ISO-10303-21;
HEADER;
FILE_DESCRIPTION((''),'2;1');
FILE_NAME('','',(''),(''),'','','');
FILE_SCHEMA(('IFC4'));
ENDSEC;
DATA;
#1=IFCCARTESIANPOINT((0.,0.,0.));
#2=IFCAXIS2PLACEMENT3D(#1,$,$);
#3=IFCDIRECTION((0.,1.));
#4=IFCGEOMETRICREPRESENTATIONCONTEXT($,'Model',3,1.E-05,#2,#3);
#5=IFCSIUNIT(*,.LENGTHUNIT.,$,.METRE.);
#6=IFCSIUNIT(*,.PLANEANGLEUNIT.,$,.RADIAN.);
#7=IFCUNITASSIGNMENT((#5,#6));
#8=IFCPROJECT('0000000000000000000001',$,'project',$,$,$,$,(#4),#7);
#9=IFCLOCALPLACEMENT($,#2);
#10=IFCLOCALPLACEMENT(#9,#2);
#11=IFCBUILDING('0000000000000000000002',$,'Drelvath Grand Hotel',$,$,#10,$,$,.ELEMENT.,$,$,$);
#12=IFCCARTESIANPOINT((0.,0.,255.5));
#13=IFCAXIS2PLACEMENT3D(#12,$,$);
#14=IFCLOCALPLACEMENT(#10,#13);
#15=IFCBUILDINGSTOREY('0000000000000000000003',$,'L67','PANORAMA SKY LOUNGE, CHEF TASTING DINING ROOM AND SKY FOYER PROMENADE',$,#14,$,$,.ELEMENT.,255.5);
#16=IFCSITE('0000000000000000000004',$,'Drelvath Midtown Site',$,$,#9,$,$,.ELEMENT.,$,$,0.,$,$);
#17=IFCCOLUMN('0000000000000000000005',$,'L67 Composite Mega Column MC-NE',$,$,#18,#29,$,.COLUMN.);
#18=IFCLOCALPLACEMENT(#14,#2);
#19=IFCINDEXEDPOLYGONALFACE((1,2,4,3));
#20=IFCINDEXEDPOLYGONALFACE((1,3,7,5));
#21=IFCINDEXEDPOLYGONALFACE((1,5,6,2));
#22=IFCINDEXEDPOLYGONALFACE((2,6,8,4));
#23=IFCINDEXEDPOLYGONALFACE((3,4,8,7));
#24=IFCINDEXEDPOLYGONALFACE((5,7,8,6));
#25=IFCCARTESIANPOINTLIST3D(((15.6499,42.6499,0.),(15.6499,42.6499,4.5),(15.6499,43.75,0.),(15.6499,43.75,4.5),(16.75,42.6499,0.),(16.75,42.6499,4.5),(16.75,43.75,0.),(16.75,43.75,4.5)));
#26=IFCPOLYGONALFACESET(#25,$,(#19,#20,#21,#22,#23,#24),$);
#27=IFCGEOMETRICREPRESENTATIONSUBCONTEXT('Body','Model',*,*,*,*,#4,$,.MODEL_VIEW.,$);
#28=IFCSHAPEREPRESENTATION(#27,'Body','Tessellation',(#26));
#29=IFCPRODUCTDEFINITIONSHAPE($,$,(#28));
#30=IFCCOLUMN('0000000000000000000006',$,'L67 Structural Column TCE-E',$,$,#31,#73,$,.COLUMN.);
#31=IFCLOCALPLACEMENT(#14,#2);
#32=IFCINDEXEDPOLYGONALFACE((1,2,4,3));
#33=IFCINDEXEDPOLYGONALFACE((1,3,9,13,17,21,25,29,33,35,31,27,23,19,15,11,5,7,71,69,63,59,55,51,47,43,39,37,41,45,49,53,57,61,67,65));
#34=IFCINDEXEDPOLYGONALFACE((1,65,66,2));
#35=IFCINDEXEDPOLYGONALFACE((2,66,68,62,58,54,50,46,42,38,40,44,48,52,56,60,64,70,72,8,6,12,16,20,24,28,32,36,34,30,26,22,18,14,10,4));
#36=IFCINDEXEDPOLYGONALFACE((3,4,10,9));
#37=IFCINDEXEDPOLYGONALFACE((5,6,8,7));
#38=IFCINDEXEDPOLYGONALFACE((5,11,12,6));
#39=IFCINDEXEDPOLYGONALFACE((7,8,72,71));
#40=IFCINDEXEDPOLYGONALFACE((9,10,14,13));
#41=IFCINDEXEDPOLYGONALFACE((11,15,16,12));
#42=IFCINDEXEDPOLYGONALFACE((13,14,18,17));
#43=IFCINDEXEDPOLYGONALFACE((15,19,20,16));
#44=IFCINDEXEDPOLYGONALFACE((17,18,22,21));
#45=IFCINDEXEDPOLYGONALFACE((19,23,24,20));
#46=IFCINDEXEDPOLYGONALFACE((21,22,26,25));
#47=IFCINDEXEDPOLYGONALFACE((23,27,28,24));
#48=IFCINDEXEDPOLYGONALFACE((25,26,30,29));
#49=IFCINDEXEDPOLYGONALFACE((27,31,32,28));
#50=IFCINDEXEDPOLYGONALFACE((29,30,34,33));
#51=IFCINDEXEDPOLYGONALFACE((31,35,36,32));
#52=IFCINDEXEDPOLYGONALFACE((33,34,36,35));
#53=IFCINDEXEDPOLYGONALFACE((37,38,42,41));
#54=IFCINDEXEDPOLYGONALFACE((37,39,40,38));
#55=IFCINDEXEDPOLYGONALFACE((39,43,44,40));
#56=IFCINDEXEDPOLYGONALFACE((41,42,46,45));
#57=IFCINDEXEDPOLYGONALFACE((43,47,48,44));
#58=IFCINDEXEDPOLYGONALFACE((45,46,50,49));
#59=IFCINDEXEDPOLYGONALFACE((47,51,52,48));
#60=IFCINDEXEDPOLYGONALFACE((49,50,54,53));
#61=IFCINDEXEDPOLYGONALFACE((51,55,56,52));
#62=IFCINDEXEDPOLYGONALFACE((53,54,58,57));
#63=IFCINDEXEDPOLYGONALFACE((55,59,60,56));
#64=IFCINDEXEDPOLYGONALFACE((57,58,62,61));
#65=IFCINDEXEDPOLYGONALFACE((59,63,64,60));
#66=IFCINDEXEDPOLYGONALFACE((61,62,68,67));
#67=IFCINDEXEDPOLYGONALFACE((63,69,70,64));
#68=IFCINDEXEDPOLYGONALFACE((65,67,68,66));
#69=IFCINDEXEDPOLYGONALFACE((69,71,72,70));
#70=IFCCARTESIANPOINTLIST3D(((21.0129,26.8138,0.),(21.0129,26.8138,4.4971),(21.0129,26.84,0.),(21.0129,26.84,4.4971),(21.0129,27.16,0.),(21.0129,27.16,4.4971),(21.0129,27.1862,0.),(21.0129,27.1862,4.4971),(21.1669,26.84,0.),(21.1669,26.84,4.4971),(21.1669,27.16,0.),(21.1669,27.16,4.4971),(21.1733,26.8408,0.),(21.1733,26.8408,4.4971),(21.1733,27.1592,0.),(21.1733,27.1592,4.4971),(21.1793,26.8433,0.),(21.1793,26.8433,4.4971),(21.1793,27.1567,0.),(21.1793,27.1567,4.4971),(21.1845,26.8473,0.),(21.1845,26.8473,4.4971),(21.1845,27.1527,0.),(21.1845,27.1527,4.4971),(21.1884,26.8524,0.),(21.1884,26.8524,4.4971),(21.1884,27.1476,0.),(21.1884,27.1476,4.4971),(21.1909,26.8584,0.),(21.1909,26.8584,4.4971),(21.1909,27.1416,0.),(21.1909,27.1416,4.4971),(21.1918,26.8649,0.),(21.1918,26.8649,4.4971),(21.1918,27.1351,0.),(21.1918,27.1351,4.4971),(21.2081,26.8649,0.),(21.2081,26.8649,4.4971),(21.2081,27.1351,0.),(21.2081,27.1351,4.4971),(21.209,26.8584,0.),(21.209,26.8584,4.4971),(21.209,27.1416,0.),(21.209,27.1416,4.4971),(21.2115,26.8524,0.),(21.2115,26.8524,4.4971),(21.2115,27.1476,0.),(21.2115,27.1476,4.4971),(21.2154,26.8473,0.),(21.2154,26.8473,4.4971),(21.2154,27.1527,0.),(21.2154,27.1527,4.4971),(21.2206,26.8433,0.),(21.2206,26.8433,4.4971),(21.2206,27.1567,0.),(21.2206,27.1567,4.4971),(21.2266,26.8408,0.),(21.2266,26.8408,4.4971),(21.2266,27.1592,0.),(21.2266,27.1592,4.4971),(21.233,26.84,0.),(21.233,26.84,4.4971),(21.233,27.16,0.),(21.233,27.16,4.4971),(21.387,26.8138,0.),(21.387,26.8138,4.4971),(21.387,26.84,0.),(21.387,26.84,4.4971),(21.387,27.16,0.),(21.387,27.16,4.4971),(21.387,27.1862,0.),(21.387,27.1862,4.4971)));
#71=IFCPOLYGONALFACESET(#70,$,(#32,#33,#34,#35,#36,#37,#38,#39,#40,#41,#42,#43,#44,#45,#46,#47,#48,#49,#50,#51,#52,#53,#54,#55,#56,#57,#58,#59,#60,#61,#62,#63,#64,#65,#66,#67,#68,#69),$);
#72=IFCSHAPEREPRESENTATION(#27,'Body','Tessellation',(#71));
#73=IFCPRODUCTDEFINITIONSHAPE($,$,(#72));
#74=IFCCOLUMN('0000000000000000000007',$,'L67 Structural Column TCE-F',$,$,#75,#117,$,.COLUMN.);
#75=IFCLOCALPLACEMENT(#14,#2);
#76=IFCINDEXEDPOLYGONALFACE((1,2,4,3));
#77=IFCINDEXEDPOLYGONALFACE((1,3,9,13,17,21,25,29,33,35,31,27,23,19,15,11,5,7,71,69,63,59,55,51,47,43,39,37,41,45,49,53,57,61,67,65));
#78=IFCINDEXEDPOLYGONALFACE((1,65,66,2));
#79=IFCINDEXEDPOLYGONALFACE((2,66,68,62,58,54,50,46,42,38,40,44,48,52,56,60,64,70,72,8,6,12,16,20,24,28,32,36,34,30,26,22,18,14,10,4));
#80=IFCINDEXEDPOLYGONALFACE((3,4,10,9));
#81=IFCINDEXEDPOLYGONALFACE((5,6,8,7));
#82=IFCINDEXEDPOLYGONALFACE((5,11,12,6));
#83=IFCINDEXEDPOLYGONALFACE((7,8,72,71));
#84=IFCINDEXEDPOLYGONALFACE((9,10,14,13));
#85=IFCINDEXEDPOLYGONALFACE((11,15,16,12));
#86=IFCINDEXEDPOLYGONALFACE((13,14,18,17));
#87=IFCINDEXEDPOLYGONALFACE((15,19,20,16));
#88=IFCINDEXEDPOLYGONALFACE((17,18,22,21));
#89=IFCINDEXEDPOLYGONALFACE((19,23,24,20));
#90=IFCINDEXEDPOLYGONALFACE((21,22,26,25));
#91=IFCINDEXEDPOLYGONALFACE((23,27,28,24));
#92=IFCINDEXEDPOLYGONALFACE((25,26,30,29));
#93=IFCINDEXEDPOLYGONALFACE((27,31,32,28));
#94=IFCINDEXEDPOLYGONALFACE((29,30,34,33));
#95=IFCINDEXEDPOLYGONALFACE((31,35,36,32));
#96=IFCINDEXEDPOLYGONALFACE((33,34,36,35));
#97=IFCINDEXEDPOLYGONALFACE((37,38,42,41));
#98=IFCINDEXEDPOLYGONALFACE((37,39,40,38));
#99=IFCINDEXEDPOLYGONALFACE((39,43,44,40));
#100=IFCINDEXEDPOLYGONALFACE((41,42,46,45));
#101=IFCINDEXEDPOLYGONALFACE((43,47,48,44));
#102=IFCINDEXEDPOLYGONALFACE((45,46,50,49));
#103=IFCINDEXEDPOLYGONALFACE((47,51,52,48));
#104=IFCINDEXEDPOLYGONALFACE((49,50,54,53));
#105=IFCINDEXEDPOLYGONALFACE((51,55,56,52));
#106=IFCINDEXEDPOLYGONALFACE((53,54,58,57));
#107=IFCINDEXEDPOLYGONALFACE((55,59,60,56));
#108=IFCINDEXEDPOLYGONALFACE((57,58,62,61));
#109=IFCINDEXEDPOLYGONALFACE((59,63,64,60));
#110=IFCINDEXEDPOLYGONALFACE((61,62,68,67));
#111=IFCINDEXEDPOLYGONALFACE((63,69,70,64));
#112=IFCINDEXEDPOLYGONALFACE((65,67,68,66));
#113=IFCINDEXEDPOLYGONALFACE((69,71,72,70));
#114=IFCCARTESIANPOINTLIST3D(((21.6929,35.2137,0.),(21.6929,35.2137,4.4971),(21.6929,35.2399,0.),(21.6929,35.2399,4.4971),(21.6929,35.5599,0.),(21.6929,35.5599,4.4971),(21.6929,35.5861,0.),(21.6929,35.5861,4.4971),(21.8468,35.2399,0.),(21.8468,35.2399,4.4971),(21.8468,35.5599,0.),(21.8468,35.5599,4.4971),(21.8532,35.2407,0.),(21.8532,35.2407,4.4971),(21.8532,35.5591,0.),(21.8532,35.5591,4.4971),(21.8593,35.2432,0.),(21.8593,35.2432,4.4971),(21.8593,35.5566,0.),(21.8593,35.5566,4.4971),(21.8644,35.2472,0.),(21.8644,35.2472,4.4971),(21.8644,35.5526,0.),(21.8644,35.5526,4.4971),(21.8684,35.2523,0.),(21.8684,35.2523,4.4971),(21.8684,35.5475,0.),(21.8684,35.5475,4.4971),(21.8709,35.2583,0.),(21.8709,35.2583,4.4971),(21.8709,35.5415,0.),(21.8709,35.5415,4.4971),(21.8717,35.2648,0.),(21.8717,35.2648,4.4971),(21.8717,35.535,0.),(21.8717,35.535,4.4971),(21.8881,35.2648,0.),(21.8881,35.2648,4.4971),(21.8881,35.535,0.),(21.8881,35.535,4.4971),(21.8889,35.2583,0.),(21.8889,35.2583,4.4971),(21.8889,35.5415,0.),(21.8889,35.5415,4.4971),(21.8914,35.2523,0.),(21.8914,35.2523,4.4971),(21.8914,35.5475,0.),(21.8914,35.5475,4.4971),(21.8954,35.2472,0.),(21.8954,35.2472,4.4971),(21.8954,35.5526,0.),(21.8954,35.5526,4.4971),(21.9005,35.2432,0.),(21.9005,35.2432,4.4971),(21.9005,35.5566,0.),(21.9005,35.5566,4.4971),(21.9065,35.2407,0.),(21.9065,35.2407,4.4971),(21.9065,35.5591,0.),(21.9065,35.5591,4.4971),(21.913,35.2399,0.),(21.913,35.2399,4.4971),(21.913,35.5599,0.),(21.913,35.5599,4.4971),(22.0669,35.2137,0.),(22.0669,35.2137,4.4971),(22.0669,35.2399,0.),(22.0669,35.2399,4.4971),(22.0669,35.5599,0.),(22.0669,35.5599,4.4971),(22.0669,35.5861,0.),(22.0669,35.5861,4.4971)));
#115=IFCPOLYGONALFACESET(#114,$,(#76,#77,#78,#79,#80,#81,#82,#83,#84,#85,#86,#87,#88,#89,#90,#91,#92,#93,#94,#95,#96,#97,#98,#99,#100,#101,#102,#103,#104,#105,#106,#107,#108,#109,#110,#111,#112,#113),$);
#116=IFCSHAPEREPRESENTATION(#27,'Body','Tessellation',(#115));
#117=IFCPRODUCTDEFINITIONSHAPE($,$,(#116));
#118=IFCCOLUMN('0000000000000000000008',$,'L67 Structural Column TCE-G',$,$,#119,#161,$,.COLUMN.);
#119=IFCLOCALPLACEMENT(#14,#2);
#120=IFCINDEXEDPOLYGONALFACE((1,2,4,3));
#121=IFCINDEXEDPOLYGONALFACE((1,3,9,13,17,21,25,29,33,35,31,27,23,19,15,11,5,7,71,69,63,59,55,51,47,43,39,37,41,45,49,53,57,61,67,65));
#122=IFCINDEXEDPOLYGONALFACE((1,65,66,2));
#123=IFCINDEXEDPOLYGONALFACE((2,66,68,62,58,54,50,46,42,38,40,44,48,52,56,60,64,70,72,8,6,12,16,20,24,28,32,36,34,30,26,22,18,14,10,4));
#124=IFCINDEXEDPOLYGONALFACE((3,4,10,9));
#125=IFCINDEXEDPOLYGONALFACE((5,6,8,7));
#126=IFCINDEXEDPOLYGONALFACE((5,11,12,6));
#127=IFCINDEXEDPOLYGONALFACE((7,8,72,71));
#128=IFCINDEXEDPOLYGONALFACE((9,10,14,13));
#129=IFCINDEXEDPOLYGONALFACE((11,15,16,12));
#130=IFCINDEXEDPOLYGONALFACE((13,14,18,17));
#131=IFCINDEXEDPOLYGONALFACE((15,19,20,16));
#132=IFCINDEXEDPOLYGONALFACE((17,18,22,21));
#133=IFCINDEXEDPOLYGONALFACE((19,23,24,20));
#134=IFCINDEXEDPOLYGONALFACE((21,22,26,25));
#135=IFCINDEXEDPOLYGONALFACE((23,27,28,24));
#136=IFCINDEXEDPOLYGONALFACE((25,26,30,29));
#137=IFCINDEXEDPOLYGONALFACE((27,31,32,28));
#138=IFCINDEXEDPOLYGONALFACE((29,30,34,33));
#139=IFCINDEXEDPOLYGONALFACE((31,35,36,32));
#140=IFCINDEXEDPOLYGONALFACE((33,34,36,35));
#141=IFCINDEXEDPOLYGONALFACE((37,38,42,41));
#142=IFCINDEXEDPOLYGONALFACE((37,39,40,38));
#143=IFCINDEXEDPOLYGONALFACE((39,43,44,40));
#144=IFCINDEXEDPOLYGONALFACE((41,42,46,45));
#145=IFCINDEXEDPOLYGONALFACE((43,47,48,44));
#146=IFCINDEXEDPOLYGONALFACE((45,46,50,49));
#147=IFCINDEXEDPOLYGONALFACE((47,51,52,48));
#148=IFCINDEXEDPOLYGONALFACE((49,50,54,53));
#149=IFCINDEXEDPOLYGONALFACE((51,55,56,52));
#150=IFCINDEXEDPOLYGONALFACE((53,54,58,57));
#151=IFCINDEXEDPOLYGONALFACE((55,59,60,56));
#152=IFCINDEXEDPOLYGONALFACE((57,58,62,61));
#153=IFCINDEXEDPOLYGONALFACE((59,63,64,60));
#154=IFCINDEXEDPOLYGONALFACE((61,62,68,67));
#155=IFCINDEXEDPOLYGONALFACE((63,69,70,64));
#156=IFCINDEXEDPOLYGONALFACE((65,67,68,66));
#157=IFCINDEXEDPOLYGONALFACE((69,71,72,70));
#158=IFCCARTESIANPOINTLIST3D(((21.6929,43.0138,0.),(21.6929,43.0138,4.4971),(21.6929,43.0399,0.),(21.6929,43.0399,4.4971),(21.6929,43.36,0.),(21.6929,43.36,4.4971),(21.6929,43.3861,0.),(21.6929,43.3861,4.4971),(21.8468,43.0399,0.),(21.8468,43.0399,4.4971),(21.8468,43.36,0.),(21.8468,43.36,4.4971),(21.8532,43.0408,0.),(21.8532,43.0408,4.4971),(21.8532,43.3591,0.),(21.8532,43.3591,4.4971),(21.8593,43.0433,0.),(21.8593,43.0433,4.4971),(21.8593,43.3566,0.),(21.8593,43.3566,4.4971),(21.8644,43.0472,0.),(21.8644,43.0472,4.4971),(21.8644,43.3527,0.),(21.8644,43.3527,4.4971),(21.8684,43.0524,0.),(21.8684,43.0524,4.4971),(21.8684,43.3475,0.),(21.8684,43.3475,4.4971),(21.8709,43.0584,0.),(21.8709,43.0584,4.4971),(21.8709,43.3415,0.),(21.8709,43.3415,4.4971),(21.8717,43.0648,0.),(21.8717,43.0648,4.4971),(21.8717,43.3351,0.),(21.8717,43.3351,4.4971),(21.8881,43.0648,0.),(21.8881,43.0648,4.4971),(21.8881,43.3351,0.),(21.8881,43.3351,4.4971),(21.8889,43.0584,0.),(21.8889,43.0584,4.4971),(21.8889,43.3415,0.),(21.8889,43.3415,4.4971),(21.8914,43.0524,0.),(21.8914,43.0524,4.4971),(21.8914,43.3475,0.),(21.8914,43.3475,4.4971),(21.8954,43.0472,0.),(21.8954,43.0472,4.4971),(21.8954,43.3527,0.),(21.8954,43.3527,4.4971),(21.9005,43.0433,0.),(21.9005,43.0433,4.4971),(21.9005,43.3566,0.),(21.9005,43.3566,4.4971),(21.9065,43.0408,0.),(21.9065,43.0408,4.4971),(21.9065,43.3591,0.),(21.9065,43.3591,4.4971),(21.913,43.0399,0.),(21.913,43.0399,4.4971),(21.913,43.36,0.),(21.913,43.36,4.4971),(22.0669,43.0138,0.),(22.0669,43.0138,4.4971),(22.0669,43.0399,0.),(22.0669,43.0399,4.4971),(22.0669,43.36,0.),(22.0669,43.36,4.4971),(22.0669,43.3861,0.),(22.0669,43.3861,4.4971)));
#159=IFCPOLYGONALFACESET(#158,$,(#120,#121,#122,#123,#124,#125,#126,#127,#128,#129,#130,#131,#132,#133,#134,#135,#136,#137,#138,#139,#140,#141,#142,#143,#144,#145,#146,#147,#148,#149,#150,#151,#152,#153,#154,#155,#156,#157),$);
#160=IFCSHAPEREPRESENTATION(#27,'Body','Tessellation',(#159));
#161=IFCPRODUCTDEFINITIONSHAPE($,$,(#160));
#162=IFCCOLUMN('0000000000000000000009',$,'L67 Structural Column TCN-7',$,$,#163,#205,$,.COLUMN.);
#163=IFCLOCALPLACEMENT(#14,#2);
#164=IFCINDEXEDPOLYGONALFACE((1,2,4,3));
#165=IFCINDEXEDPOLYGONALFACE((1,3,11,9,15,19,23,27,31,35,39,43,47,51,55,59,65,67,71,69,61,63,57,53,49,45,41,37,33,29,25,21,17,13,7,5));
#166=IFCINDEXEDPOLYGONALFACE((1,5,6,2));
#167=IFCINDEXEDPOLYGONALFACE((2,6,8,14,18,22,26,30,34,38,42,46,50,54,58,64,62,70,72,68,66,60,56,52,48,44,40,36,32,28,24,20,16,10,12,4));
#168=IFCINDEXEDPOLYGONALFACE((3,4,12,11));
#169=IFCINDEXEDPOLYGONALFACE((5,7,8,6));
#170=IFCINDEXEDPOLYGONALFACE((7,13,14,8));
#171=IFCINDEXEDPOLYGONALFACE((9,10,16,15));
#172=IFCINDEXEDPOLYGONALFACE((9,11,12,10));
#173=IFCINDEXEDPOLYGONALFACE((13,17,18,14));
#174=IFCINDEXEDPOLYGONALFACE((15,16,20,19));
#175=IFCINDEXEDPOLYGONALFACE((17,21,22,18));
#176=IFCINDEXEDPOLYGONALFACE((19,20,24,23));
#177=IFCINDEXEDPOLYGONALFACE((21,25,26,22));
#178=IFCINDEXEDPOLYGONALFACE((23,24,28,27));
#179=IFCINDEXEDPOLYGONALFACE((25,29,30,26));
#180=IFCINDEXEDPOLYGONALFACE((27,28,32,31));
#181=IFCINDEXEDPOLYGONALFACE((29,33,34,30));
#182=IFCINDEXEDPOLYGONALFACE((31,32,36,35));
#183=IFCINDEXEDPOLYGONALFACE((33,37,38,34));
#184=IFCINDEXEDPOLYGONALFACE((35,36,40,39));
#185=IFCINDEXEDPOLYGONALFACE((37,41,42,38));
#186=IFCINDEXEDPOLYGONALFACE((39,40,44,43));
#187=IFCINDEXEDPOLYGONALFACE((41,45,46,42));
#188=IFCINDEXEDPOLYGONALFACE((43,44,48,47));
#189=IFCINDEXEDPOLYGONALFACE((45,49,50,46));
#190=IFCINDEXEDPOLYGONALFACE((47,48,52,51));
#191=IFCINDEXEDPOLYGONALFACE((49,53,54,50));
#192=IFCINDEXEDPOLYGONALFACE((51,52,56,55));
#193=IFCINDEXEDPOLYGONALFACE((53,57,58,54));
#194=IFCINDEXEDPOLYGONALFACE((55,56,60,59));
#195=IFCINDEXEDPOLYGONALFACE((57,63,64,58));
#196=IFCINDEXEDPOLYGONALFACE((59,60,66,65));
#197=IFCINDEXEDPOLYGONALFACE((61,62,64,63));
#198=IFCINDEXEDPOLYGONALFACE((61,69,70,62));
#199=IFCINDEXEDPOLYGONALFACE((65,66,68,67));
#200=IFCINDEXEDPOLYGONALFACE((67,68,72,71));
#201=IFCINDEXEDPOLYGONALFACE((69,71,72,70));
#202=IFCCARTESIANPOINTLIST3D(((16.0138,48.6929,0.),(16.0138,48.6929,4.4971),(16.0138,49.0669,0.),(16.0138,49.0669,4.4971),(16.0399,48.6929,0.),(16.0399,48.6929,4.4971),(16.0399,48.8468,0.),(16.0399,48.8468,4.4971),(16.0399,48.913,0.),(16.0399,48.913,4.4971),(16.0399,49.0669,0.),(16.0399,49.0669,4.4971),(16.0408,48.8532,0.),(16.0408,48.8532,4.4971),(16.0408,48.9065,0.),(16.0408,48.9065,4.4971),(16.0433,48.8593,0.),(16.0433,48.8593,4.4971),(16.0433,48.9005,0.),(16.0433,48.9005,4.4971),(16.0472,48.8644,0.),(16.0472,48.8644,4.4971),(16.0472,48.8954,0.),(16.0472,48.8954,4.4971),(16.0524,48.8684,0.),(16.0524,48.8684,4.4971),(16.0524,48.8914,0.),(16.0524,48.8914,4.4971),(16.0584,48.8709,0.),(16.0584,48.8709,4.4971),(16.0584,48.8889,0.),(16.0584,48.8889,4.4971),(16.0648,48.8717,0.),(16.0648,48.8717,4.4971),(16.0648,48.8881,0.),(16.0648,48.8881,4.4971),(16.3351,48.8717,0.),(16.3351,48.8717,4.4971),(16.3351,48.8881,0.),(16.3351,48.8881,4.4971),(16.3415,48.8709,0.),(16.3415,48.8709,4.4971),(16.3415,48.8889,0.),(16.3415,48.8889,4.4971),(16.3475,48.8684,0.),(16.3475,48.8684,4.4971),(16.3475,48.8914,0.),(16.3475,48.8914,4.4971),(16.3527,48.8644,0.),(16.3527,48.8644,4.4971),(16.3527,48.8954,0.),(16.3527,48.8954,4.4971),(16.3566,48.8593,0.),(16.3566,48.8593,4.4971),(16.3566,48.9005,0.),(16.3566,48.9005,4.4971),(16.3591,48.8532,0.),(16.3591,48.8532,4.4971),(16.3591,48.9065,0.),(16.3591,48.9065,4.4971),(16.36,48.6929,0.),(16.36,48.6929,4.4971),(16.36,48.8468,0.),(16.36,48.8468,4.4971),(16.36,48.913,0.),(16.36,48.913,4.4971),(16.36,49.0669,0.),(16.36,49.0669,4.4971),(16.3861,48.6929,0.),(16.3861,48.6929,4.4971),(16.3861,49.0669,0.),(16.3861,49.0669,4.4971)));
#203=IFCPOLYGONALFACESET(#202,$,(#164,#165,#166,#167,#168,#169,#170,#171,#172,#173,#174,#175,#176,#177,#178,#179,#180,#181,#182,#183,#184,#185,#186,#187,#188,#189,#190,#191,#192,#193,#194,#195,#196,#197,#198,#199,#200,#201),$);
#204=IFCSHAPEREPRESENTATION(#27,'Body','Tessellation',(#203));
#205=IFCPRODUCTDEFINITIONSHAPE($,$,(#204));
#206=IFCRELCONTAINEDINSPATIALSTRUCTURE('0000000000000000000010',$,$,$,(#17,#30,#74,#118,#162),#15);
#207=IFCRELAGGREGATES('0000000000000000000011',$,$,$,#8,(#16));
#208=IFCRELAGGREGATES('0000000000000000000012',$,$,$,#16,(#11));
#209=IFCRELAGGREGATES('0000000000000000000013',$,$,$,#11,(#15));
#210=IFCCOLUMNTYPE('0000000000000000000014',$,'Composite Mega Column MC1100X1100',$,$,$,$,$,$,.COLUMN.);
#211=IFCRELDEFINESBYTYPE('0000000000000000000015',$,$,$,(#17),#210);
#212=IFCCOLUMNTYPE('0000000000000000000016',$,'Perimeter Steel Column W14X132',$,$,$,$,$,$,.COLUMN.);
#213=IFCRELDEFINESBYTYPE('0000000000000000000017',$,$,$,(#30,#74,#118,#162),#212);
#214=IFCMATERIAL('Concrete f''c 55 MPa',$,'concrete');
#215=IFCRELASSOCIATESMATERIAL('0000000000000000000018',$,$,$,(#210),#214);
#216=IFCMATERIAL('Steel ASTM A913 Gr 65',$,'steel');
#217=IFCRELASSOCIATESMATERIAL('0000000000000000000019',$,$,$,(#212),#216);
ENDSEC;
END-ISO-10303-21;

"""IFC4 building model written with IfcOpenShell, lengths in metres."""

from ifc_helpers import new_model, si_unit, direction, frame, origin, origin_2d, place, context, subcontext, project, spatial, rectangle, i_section, extrude, material, material_profile, profile_set, type_object, element, save


model = new_model("IFC4")

# Units and contexts
model_context = context("Model", 3, precision=1e-05, world=origin(), true_north=direction((0.0, 1.0)))
body_context = subcontext(model_context, "Body", "Model", "MODEL_VIEW")
ifc_project = project(units=[si_unit("LENGTHUNIT", "METRE"), si_unit("PLANEANGLEUNIT", "RADIAN")], contexts=[model_context])

# Site, building, storey
site_placement = place(None, origin())
site = spatial("IfcSite", under=ifc_project, at=site_placement, Name="Drelvath Midtown Site", CompositionType="ELEMENT", RefElevation=0.0)
building_placement = place(site_placement, origin())
building = spatial("IfcBuilding", under=site, at=building_placement, Name="Drelvath Grand Hotel", CompositionType="ELEMENT")
storey_placement = place(building_placement, frame((0.0, 0.0, 255.5)))
storey = spatial("IfcBuildingStorey", under=building, at=storey_placement, Name="L67", Description="PANORAMA SKY LOUNGE, CHEF TASTING DINING ROOM AND SKY FOYER PROMENADE", CompositionType="ELEMENT", Elevation=255.5)

# Columns
ifc_material_1 = material(Name="Concrete f'c 55 MPa", Category="concrete")
ifc_material_profile_1 = material_profile(ifc_material_1, rectangle(XDim=1.1001, YDim=1.1001, at=origin_2d()), Name="MC1100X1100")
ifc_profile_set_1 = profile_set([ifc_material_profile_1], Name="Concrete f'c 55 MPa")
column_type_1 = type_object("IfcColumnType", Name="Composite Mega Column MC1100X1100", PredefinedType="COLUMN", material=ifc_profile_set_1)
column_placement = place(storey_placement, frame((16.2, 43.2, 0.0), z_axis=(0.0, 0.0, 1.0), x_axis=(1.0, 0.0, 0.0)))
element("IfcColumn", 1, at=column_placement, inside=storey, type_object=column_type_1, Name="L67 Composite Mega Column MC-NE", PredefinedType="COLUMN", context=body_context, shape_type="SweptSolid", body=[
    extrude(rectangle(XDim=1.1001, YDim=1.1001, at=origin_2d()), origin(), (0.0, 0.0, 1.0), 4.5),
])
ifc_material_2 = material(Name="Steel ASTM A913 Gr 65", Category="steel")
ifc_material_profile_2 = material_profile(ifc_material_2, i_section(OverallWidth=0.374, OverallDepth=0.3723, WebThickness=0.0164, FlangeThickness=0.0261, FilletRadius=0.0249, at=origin_2d()), Name="W14X132")
ifc_profile_set_2 = profile_set([ifc_material_profile_2], Name="Steel ASTM A913 Gr 65")
column_type_2 = type_object("IfcColumnType", Name="Perimeter Steel Column W14X132", PredefinedType="COLUMN", material=ifc_profile_set_2)
for number, where, z_axis, x_axis, name in (
    (2, (21.2, 27.0, 0.0), (0.0, 0.0, 1.0), (1.0, 0.0, 0.0), "L67 Structural Column TCE-E"),
    (3, (21.8799, 35.3999, 0.0), (0.0, 0.0, 1.0), (1.0, 0.0, 0.0), "L67 Structural Column TCE-F"),
    (4, (21.8799, 43.2, 0.0), (0.0, 0.0, 1.0), (1.0, 0.0, 0.0), "L67 Structural Column TCE-G"),
    (5, (16.2, 48.8799, 0.0), (0.0, 0.0, 1.0), (0.0, 1.0, 0.0), "L67 Structural Column TCN-7"),
):
    element("IfcColumn", number, at=place(storey_placement, frame(where, z_axis=z_axis, x_axis=x_axis)), inside=storey, type_object=column_type_2, Name=name, PredefinedType="COLUMN", context=body_context, shape_type="SweptSolid", body=[
        extrude(i_section(OverallWidth=0.374, OverallDepth=0.3723, WebThickness=0.0164, FlangeThickness=0.0261, FilletRadius=0.0249, at=origin_2d()), origin(), (0.0, 0.0, 1.0), 4.4971),
    ])

save(model, "model.ifc")
